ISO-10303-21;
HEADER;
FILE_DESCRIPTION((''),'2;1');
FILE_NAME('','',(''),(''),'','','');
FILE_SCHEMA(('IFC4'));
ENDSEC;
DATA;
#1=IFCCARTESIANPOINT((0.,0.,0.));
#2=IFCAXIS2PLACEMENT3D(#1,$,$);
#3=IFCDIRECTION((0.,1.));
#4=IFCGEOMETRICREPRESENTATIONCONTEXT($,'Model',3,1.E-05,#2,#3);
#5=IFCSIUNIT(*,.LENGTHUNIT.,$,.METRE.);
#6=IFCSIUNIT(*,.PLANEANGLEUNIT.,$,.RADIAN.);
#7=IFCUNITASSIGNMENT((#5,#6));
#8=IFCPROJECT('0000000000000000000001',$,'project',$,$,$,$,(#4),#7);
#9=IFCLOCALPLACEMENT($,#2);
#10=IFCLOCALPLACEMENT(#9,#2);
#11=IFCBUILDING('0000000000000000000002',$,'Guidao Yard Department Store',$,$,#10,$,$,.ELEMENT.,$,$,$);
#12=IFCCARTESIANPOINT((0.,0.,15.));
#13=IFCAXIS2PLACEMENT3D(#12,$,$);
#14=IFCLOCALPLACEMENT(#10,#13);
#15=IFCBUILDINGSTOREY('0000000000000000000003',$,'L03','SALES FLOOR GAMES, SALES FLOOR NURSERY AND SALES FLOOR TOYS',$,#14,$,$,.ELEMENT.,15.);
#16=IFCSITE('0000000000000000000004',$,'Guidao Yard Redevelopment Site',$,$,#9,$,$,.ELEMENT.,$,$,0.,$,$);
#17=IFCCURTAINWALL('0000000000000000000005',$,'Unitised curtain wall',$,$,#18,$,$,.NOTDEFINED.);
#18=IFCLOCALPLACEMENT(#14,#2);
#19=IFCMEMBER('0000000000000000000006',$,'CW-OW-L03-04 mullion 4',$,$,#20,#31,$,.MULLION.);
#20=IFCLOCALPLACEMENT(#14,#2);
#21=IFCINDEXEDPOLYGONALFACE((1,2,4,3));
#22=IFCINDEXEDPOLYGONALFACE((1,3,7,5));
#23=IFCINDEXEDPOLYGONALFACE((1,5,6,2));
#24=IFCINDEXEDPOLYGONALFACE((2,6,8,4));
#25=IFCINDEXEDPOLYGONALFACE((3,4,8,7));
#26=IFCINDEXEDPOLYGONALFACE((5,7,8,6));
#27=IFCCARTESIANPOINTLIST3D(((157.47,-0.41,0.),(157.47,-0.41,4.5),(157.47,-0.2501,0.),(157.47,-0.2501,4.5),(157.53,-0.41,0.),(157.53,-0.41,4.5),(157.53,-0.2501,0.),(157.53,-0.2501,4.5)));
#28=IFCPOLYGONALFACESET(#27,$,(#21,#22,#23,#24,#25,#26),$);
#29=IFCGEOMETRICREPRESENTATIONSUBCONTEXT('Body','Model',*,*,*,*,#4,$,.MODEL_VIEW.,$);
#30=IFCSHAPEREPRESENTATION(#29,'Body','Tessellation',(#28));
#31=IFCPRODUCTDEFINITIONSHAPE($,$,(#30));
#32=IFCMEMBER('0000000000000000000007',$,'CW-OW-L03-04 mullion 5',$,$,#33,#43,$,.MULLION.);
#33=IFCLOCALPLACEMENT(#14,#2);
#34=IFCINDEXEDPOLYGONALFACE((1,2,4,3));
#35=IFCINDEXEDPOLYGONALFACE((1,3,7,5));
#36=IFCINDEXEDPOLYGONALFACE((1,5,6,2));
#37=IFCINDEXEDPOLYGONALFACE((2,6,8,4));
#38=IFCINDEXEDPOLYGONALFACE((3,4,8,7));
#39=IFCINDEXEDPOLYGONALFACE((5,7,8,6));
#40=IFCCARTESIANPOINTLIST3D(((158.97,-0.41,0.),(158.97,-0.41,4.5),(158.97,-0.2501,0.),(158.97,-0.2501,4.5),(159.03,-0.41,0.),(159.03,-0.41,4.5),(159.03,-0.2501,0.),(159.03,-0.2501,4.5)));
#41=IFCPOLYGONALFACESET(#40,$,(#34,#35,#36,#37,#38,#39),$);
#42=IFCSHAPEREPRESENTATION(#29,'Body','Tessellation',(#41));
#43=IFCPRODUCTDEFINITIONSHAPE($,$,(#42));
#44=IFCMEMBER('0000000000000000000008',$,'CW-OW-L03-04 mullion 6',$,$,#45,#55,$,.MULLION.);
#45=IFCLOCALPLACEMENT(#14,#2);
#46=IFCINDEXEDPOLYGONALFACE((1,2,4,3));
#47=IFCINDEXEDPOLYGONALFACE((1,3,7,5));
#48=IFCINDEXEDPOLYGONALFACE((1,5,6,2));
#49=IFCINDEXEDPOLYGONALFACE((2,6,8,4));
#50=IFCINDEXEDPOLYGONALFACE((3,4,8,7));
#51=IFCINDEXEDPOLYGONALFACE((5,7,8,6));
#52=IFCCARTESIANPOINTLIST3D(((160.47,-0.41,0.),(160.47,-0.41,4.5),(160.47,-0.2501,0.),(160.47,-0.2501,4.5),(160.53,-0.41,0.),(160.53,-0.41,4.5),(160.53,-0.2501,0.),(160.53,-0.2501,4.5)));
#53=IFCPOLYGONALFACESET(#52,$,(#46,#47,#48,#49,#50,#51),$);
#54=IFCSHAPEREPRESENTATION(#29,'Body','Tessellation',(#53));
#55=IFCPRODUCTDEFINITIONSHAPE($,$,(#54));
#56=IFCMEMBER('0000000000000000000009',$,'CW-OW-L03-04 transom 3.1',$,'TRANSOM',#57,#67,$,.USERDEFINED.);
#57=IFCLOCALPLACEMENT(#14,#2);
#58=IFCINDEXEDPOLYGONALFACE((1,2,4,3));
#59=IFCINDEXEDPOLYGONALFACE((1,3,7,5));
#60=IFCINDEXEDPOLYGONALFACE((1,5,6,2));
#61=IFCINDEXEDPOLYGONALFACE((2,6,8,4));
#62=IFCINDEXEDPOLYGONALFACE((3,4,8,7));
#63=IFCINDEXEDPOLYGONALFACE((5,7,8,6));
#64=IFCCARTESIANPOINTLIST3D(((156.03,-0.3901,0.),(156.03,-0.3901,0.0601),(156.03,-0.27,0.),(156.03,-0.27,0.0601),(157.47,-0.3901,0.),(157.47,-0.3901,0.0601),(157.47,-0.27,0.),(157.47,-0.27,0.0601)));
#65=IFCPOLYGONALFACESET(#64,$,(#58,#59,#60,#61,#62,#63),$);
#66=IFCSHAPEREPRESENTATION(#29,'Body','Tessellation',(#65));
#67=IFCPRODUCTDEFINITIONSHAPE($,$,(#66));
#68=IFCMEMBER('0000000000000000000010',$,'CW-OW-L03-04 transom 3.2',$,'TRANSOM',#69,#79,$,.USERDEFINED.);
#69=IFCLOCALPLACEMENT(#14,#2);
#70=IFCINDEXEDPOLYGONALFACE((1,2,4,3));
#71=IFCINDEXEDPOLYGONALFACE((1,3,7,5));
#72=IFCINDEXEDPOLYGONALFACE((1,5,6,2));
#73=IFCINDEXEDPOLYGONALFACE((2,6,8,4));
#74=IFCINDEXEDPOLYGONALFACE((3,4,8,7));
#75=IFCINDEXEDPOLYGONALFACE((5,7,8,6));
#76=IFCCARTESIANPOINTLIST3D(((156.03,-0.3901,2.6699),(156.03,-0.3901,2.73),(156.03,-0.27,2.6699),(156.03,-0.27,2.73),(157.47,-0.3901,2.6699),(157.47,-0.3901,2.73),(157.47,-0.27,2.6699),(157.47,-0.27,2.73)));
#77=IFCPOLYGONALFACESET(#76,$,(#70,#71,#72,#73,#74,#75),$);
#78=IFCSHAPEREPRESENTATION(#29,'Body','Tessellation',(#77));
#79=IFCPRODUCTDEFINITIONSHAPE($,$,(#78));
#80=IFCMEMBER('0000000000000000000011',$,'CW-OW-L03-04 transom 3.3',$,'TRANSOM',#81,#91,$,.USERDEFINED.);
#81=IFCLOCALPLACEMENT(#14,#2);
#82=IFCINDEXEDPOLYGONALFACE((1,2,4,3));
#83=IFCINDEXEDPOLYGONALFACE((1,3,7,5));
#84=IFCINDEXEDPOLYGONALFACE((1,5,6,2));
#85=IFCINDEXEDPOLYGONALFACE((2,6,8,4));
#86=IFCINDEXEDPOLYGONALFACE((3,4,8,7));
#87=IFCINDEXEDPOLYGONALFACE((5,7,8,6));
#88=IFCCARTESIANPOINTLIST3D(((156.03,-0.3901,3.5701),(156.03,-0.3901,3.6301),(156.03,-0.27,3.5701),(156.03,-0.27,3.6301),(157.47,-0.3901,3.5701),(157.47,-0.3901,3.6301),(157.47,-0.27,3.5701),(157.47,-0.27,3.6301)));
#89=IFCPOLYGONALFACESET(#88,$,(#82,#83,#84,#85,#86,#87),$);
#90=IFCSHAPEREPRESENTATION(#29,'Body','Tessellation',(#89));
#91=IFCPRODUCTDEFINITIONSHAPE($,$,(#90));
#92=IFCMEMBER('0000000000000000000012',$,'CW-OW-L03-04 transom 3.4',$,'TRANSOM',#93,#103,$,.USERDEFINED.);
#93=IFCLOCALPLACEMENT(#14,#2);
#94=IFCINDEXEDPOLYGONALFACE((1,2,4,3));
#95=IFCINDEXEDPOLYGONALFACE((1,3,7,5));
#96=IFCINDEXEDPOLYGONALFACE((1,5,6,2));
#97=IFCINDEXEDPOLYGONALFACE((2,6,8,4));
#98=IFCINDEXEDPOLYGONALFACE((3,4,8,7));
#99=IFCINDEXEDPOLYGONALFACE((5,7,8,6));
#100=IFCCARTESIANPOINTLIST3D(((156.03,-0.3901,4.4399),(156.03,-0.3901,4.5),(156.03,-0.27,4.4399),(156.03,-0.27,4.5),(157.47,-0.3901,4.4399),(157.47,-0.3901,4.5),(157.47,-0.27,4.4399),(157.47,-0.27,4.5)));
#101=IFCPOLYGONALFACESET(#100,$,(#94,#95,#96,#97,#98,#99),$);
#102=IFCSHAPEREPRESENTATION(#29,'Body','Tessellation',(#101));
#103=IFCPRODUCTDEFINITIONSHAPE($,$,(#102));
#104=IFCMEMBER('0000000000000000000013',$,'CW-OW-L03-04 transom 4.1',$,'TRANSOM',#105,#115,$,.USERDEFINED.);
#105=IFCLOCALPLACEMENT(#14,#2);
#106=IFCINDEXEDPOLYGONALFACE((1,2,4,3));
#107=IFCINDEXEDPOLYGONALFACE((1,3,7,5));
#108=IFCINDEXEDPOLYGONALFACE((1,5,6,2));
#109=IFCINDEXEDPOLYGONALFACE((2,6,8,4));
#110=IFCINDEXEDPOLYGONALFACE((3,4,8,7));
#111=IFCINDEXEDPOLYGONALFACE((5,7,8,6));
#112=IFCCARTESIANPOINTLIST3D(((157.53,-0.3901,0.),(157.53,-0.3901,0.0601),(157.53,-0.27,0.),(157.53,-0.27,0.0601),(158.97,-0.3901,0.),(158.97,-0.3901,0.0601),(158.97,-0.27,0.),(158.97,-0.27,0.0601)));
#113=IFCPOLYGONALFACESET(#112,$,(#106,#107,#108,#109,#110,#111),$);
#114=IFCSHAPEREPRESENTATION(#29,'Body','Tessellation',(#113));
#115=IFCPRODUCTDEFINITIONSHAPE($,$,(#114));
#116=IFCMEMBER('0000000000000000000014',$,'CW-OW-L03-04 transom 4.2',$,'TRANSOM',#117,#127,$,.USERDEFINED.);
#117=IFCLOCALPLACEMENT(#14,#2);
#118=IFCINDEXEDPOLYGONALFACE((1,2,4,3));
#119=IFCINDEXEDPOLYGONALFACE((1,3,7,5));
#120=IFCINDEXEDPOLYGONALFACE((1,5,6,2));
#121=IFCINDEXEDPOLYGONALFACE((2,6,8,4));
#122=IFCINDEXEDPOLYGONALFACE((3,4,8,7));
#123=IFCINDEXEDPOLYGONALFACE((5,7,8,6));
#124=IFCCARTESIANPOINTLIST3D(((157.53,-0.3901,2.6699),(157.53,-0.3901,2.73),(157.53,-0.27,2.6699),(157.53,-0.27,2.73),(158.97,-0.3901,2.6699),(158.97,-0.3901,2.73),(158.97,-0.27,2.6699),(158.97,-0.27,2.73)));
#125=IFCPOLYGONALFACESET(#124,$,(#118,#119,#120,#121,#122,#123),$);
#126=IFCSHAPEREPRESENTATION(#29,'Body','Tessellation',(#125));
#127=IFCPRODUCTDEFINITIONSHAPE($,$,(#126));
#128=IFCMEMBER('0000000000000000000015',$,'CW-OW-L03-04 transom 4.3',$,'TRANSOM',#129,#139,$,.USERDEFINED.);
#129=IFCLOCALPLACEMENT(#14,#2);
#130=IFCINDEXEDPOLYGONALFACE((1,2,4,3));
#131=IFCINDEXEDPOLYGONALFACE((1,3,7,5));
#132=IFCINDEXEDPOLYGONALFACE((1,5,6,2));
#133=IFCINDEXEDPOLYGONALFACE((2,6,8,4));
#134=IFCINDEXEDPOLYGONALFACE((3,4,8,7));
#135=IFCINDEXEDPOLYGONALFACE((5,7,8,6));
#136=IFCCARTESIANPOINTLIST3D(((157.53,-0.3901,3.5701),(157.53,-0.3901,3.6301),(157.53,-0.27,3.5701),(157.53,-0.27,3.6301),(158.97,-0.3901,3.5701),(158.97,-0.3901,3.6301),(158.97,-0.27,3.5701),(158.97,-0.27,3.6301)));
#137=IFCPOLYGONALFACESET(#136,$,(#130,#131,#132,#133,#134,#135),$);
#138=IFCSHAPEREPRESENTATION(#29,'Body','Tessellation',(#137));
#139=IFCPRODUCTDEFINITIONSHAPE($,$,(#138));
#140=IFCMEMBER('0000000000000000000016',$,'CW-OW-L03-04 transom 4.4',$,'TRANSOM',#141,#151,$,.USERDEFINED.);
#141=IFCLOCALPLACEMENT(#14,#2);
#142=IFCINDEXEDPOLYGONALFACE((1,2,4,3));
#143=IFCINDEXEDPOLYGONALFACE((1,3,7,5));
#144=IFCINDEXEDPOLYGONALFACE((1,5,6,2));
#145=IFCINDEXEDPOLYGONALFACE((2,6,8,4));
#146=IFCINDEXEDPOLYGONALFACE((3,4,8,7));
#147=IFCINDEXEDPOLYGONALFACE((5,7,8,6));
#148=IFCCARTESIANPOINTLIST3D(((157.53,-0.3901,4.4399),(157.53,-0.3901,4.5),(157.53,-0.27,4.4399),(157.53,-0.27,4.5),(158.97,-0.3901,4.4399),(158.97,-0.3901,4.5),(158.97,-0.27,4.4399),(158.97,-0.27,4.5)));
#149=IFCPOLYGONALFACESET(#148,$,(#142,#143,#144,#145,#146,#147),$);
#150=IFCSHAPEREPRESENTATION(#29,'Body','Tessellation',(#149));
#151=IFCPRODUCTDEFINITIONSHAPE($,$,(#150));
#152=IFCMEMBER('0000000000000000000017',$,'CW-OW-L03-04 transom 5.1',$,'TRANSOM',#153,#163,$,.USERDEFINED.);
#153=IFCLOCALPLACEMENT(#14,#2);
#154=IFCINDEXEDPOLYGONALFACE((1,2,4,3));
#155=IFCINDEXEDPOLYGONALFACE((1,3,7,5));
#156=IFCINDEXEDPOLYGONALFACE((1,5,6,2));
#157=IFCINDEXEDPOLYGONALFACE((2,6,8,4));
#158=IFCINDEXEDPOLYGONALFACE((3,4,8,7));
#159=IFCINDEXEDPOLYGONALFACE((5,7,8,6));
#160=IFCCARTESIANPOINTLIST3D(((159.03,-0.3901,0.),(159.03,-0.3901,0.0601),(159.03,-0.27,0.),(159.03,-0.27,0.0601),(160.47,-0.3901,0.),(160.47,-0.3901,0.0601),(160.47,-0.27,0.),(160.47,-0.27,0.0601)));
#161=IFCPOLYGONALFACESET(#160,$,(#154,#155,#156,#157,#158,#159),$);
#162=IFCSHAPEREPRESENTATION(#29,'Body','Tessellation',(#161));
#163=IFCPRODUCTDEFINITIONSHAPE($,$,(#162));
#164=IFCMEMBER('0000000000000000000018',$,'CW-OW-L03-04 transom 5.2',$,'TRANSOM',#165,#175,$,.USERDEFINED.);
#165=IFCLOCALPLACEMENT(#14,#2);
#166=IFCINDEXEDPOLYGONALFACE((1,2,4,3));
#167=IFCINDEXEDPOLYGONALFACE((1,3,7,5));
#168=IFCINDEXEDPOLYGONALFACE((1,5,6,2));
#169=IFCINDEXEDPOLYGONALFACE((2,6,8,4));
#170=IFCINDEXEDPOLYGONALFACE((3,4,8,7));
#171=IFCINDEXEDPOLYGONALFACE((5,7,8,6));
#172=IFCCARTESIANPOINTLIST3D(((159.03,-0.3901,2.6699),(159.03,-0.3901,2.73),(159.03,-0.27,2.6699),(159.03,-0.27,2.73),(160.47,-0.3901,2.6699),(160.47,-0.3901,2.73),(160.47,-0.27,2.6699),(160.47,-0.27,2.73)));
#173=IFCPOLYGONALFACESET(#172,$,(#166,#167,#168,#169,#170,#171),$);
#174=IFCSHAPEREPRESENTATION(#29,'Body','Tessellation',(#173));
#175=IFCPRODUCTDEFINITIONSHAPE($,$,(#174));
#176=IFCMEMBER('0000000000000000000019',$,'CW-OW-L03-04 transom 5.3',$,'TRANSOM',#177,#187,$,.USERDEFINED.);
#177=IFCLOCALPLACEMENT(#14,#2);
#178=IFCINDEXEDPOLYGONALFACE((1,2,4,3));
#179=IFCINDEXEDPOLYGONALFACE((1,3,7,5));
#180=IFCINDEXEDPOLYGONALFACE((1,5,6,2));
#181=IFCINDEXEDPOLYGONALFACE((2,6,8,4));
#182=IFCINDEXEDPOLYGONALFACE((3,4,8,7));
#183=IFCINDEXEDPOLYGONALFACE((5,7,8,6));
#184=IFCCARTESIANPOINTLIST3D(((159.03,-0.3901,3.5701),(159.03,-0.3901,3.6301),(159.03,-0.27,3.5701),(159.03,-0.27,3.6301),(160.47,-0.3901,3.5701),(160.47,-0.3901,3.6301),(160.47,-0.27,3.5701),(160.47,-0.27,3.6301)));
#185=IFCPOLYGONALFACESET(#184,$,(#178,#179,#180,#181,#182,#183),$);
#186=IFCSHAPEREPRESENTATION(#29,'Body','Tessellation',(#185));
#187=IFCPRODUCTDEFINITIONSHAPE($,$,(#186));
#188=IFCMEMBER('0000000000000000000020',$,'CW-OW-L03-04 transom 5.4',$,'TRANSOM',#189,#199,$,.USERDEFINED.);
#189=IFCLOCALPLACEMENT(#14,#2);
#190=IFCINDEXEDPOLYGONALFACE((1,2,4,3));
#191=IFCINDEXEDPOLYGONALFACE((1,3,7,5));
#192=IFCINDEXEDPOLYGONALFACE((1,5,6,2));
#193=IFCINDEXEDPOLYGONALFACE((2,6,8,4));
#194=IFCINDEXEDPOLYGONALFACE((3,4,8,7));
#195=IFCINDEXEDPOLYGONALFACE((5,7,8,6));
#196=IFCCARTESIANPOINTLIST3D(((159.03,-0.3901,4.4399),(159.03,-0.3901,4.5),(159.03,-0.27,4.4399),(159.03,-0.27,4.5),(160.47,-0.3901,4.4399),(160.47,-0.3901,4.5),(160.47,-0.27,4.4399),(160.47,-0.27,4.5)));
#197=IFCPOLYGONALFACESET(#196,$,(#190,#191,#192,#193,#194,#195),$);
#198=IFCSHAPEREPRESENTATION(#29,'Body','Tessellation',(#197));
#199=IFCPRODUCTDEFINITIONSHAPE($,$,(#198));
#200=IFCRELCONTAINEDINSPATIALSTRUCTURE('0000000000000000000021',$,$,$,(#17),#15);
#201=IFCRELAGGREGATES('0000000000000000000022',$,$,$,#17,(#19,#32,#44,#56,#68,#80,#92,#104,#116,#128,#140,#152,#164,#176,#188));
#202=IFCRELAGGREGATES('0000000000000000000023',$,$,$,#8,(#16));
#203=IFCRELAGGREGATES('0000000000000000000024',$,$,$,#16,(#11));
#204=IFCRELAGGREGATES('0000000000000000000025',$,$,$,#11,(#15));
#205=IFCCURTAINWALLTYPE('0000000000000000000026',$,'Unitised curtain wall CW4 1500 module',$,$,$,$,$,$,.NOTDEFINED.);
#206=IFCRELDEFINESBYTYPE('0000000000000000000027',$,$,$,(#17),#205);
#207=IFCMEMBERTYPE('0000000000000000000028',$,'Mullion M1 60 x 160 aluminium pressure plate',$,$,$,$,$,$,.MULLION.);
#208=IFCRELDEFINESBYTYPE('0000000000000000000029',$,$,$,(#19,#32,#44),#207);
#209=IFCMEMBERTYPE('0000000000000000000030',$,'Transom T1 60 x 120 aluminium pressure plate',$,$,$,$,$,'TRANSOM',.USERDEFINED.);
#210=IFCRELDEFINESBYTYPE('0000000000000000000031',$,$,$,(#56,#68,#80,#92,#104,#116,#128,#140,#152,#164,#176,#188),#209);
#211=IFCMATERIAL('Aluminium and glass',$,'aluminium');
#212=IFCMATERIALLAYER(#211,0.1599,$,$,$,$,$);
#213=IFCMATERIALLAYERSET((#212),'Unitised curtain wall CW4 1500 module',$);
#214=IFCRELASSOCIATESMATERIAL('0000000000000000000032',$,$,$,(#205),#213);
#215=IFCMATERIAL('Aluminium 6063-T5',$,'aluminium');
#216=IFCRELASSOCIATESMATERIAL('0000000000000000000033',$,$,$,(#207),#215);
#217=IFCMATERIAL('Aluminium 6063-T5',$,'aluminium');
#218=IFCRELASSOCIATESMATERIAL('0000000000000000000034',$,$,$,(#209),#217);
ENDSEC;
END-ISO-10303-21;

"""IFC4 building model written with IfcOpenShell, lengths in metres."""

from ifc_helpers import new_model, si_unit, direction, frame, origin, origin_2d, place, context, subcontext, project, spatial, rectangle, extrude, material, layer, layer_set, material_profile, profile_set, type_object, element, aggregate, save


model = new_model("IFC4")

# Units and contexts
model_context = context("Model", 3, precision=1e-05, world=origin(), true_north=direction((0.0, 1.0)))
body_context = subcontext(model_context, "Body", "Model", "MODEL_VIEW")
ifc_project = project(units=[si_unit("LENGTHUNIT", "METRE"), si_unit("PLANEANGLEUNIT", "RADIAN")], contexts=[model_context])

# Site, building, storey
site_placement = place(None, origin())
site = spatial("IfcSite", under=ifc_project, at=site_placement, Name="Guidao Yard Redevelopment Site", CompositionType="ELEMENT", RefElevation=0.0)
building_placement = place(site_placement, origin())
building = spatial("IfcBuilding", under=site, at=building_placement, Name="Guidao Yard Department Store", CompositionType="ELEMENT")
storey_placement = place(building_placement, frame((0.0, 0.0, 15.0)))
storey = spatial("IfcBuildingStorey", under=building, at=storey_placement, Name="L03", Description="SALES FLOOR GAMES, SALES FLOOR NURSERY AND SALES FLOOR TOYS", CompositionType="ELEMENT", Elevation=15.0)

# Curtain wall, members
ifc_material_1 = material(Name="Aluminium and glass", Category="aluminium")
ifc_layer_1 = layer(ifc_material_1, 0.1599)
ifc_layer_set_1 = layer_set([ifc_layer_1], Name="Unitised curtain wall CW4 1500 module")
curtain_wall_type = type_object("IfcCurtainWallType", Name="Unitised curtain wall CW4 1500 module", PredefinedType="NOTDEFINED", material=ifc_layer_set_1)
curtain_wall_placement = place(storey_placement, origin())
curtain_wall = element("IfcCurtainWall", 1, at=curtain_wall_placement, inside=storey, type_object=curtain_wall_type, Name="Unitised curtain wall", PredefinedType="NOTDEFINED")
ifc_material_2 = material(Name="Aluminium 6063-T5", Category="aluminium")
ifc_material_profile_1 = material_profile(ifc_material_2, rectangle(XDim=0.0601, YDim=0.1599, at=origin_2d()), Name="Mullion M1 60 x 160 aluminium pressure plate")
ifc_profile_set_1 = profile_set([ifc_material_profile_1], Name="Aluminium 6063-T5")
member_type_1 = type_object("IfcMemberType", Name="Mullion M1 60 x 160 aluminium pressure plate", PredefinedType="MULLION", material=ifc_profile_set_1)
member_1_placement = place(storey_placement, frame((157.5, -0.3301, 0.0), z_axis=(0.0, 0.0, 1.0), x_axis=(-1.0, 0.0, 0.0)))
member_1 = element("IfcMember", 2, at=member_1_placement, type_object=member_type_1, Name="CW-OW-L03-04 mullion 4", PredefinedType="MULLION", context=body_context, shape_type="SweptSolid", body=[
    extrude(rectangle(XDim=0.0601, YDim=0.1599, at=origin_2d()), origin(), (0.0, 0.0, 1.0), 4.5),
])
member_2_placement = place(storey_placement, frame((159.0, -0.3301, 0.0), z_axis=(0.0, 0.0, 1.0), x_axis=(-1.0, 0.0, 0.0)))
member_2 = element("IfcMember", 3, at=member_2_placement, type_object=member_type_1, Name="CW-OW-L03-04 mullion 5", PredefinedType="MULLION", context=body_context, shape_type="SweptSolid", body=[
    extrude(rectangle(XDim=0.0601, YDim=0.1599, at=origin_2d()), origin(), (0.0, 0.0, 1.0), 4.5),
])
member_3_placement = place(storey_placement, frame((160.5, -0.3301, 0.0), z_axis=(0.0, 0.0, 1.0), x_axis=(-1.0, 0.0, 0.0)))
member_3 = element("IfcMember", 4, at=member_3_placement, type_object=member_type_1, Name="CW-OW-L03-04 mullion 6", PredefinedType="MULLION", context=body_context, shape_type="SweptSolid", body=[
    extrude(rectangle(XDim=0.0601, YDim=0.1599, at=origin_2d()), origin(), (0.0, 0.0, 1.0), 4.5),
])
ifc_material_3 = material(Name="Aluminium 6063-T5", Category="aluminium")
ifc_material_profile_2 = material_profile(ifc_material_3, rectangle(XDim=0.1201, YDim=0.0601, at=origin_2d()), Name="Transom T1 60 x 120 aluminium pressure plate")
ifc_profile_set_2 = profile_set([ifc_material_profile_2], Name="Aluminium 6063-T5")
member_type_2 = type_object("IfcMemberType", Name="Transom T1 60 x 120 aluminium pressure plate", ElementType="TRANSOM", PredefinedType="USERDEFINED", material=ifc_profile_set_2)
member_4_placement = place(storey_placement, frame((157.47, -0.3301, 0.03), z_axis=(-1.0, 0.0, 0.0), x_axis=(0.0, -1.0, 0.0)))
member_4 = element("IfcMember", 5, at=member_4_placement, type_object=member_type_2, Name="CW-OW-L03-04 transom 3.1", ObjectType="TRANSOM", PredefinedType="USERDEFINED", context=body_context, shape_type="SweptSolid", body=[
    extrude(rectangle(XDim=0.1201, YDim=0.0601, at=origin_2d()), origin(), (0.0, 0.0, 1.0), 1.4399),
])
member_5_placement = place(storey_placement, frame((157.47, -0.3301, 2.7), z_axis=(-1.0, 0.0, 0.0), x_axis=(0.0, -1.0, 0.0)))
member_5 = element("IfcMember", 6, at=member_5_placement, type_object=member_type_2, Name="CW-OW-L03-04 transom 3.2", ObjectType="TRANSOM", PredefinedType="USERDEFINED", context=body_context, shape_type="SweptSolid", body=[
    extrude(rectangle(XDim=0.1201, YDim=0.0601, at=origin_2d()), origin(), (0.0, 0.0, 1.0), 1.4399),
])
member_6_placement = place(storey_placement, frame((157.47, -0.3301, 3.6001), z_axis=(-1.0, 0.0, 0.0), x_axis=(0.0, -1.0, 0.0)))
member_6 = element("IfcMember", 7, at=member_6_placement, type_object=member_type_2, Name="CW-OW-L03-04 transom 3.3", ObjectType="TRANSOM", PredefinedType="USERDEFINED", context=body_context, shape_type="SweptSolid", body=[
    extrude(rectangle(XDim=0.1201, YDim=0.0601, at=origin_2d()), origin(), (0.0, 0.0, 1.0), 1.4399),
])
member_7_placement = place(storey_placement, frame((157.47, -0.3301, 4.47), z_axis=(-1.0, 0.0, 0.0), x_axis=(0.0, -1.0, 0.0)))
member_7 = element("IfcMember", 8, at=member_7_placement, type_object=member_type_2, Name="CW-OW-L03-04 transom 3.4", ObjectType="TRANSOM", PredefinedType="USERDEFINED", context=body_context, shape_type="SweptSolid", body=[
    extrude(rectangle(XDim=0.1201, YDim=0.0601, at=origin_2d()), origin(), (0.0, 0.0, 1.0), 1.4399),
])
member_8_placement = place(storey_placement, frame((158.97, -0.3301, 0.03), z_axis=(-1.0, 0.0, 0.0), x_axis=(0.0, -1.0, 0.0)))
member_8 = element("IfcMember", 9, at=member_8_placement, type_object=member_type_2, Name="CW-OW-L03-04 transom 4.1", ObjectType="TRANSOM", PredefinedType="USERDEFINED", context=body_context, shape_type="SweptSolid", body=[
    extrude(rectangle(XDim=0.1201, YDim=0.0601, at=origin_2d()), origin(), (0.0, 0.0, 1.0), 1.4399),
])
member_9_placement = place(storey_placement, frame((158.97, -0.3301, 2.7), z_axis=(-1.0, 0.0, 0.0), x_axis=(0.0, -1.0, 0.0)))
member_9 = element("IfcMember", 10, at=member_9_placement, type_object=member_type_2, Name="CW-OW-L03-04 transom 4.2", ObjectType="TRANSOM", PredefinedType="USERDEFINED", context=body_context, shape_type="SweptSolid", body=[
    extrude(rectangle(XDim=0.1201, YDim=0.0601, at=origin_2d()), origin(), (0.0, 0.0, 1.0), 1.4399),
])
member_10_placement = place(storey_placement, frame((158.97, -0.3301, 3.6001), z_axis=(-1.0, 0.0, 0.0), x_axis=(0.0, -1.0, 0.0)))
member_10 = element("IfcMember", 11, at=member_10_placement, type_object=member_type_2, Name="CW-OW-L03-04 transom 4.3", ObjectType="TRANSOM", PredefinedType="USERDEFINED", context=body_context, shape_type="SweptSolid", body=[
    extrude(rectangle(XDim=0.1201, YDim=0.0601, at=origin_2d()), origin(), (0.0, 0.0, 1.0), 1.4399),
])
member_11_placement = place(storey_placement, frame((158.97, -0.3301, 4.47), z_axis=(-1.0, 0.0, 0.0), x_axis=(0.0, -1.0, 0.0)))
member_11 = element("IfcMember", 12, at=member_11_placement, type_object=member_type_2, Name="CW-OW-L03-04 transom 4.4", ObjectType="TRANSOM", PredefinedType="USERDEFINED", context=body_context, shape_type="SweptSolid", body=[
    extrude(rectangle(XDim=0.1201, YDim=0.0601, at=origin_2d()), origin(), (0.0, 0.0, 1.0), 1.4399),
])
member_12_placement = place(storey_placement, frame((160.47, -0.3301, 0.03), z_axis=(-1.0, 0.0, 0.0), x_axis=(0.0, -1.0, 0.0)))
member_12 = element("IfcMember", 13, at=member_12_placement, type_object=member_type_2, Name="CW-OW-L03-04 transom 5.1", ObjectType="TRANSOM", PredefinedType="USERDEFINED", context=body_context, shape_type="SweptSolid", body=[
    extrude(rectangle(XDim=0.1201, YDim=0.0601, at=origin_2d()), origin(), (0.0, 0.0, 1.0), 1.4399),
])
member_13_placement = place(storey_placement, frame((160.47, -0.3301, 2.7), z_axis=(-1.0, 0.0, 0.0), x_axis=(0.0, -1.0, 0.0)))
member_13 = element("IfcMember", 14, at=member_13_placement, type_object=member_type_2, Name="CW-OW-L03-04 transom 5.2", ObjectType="TRANSOM", PredefinedType="USERDEFINED", context=body_context, shape_type="SweptSolid", body=[
    extrude(rectangle(XDim=0.1201, YDim=0.0601, at=origin_2d()), origin(), (0.0, 0.0, 1.0), 1.4399),
])
member_14_placement = place(storey_placement, frame((160.47, -0.3301, 3.6001), z_axis=(-1.0, 0.0, 0.0), x_axis=(0.0, -1.0, 0.0)))
member_14 = element("IfcMember", 15, at=member_14_placement, type_object=member_type_2, Name="CW-OW-L03-04 transom 5.3", ObjectType="TRANSOM", PredefinedType="USERDEFINED", context=body_context, shape_type="SweptSolid", body=[
    extrude(rectangle(XDim=0.1201, YDim=0.0601, at=origin_2d()), origin(), (0.0, 0.0, 1.0), 1.4399),
])
member_15_placement = place(storey_placement, frame((160.47, -0.3301, 4.47), z_axis=(-1.0, 0.0, 0.0), x_axis=(0.0, -1.0, 0.0)))
member_15 = element("IfcMember", 16, at=member_15_placement, type_object=member_type_2, Name="CW-OW-L03-04 transom 5.4", ObjectType="TRANSOM", PredefinedType="USERDEFINED", context=body_context, shape_type="SweptSolid", body=[
    extrude(rectangle(XDim=0.1201, YDim=0.0601, at=origin_2d()), origin(), (0.0, 0.0, 1.0), 1.4399),
])
aggregate(curtain_wall, [member_1, member_2, member_3, member_4, member_5, member_6, member_7, member_8, member_9, member_10, member_11, member_12, member_13, member_14, member_15])

save(model, "model.ifc")
